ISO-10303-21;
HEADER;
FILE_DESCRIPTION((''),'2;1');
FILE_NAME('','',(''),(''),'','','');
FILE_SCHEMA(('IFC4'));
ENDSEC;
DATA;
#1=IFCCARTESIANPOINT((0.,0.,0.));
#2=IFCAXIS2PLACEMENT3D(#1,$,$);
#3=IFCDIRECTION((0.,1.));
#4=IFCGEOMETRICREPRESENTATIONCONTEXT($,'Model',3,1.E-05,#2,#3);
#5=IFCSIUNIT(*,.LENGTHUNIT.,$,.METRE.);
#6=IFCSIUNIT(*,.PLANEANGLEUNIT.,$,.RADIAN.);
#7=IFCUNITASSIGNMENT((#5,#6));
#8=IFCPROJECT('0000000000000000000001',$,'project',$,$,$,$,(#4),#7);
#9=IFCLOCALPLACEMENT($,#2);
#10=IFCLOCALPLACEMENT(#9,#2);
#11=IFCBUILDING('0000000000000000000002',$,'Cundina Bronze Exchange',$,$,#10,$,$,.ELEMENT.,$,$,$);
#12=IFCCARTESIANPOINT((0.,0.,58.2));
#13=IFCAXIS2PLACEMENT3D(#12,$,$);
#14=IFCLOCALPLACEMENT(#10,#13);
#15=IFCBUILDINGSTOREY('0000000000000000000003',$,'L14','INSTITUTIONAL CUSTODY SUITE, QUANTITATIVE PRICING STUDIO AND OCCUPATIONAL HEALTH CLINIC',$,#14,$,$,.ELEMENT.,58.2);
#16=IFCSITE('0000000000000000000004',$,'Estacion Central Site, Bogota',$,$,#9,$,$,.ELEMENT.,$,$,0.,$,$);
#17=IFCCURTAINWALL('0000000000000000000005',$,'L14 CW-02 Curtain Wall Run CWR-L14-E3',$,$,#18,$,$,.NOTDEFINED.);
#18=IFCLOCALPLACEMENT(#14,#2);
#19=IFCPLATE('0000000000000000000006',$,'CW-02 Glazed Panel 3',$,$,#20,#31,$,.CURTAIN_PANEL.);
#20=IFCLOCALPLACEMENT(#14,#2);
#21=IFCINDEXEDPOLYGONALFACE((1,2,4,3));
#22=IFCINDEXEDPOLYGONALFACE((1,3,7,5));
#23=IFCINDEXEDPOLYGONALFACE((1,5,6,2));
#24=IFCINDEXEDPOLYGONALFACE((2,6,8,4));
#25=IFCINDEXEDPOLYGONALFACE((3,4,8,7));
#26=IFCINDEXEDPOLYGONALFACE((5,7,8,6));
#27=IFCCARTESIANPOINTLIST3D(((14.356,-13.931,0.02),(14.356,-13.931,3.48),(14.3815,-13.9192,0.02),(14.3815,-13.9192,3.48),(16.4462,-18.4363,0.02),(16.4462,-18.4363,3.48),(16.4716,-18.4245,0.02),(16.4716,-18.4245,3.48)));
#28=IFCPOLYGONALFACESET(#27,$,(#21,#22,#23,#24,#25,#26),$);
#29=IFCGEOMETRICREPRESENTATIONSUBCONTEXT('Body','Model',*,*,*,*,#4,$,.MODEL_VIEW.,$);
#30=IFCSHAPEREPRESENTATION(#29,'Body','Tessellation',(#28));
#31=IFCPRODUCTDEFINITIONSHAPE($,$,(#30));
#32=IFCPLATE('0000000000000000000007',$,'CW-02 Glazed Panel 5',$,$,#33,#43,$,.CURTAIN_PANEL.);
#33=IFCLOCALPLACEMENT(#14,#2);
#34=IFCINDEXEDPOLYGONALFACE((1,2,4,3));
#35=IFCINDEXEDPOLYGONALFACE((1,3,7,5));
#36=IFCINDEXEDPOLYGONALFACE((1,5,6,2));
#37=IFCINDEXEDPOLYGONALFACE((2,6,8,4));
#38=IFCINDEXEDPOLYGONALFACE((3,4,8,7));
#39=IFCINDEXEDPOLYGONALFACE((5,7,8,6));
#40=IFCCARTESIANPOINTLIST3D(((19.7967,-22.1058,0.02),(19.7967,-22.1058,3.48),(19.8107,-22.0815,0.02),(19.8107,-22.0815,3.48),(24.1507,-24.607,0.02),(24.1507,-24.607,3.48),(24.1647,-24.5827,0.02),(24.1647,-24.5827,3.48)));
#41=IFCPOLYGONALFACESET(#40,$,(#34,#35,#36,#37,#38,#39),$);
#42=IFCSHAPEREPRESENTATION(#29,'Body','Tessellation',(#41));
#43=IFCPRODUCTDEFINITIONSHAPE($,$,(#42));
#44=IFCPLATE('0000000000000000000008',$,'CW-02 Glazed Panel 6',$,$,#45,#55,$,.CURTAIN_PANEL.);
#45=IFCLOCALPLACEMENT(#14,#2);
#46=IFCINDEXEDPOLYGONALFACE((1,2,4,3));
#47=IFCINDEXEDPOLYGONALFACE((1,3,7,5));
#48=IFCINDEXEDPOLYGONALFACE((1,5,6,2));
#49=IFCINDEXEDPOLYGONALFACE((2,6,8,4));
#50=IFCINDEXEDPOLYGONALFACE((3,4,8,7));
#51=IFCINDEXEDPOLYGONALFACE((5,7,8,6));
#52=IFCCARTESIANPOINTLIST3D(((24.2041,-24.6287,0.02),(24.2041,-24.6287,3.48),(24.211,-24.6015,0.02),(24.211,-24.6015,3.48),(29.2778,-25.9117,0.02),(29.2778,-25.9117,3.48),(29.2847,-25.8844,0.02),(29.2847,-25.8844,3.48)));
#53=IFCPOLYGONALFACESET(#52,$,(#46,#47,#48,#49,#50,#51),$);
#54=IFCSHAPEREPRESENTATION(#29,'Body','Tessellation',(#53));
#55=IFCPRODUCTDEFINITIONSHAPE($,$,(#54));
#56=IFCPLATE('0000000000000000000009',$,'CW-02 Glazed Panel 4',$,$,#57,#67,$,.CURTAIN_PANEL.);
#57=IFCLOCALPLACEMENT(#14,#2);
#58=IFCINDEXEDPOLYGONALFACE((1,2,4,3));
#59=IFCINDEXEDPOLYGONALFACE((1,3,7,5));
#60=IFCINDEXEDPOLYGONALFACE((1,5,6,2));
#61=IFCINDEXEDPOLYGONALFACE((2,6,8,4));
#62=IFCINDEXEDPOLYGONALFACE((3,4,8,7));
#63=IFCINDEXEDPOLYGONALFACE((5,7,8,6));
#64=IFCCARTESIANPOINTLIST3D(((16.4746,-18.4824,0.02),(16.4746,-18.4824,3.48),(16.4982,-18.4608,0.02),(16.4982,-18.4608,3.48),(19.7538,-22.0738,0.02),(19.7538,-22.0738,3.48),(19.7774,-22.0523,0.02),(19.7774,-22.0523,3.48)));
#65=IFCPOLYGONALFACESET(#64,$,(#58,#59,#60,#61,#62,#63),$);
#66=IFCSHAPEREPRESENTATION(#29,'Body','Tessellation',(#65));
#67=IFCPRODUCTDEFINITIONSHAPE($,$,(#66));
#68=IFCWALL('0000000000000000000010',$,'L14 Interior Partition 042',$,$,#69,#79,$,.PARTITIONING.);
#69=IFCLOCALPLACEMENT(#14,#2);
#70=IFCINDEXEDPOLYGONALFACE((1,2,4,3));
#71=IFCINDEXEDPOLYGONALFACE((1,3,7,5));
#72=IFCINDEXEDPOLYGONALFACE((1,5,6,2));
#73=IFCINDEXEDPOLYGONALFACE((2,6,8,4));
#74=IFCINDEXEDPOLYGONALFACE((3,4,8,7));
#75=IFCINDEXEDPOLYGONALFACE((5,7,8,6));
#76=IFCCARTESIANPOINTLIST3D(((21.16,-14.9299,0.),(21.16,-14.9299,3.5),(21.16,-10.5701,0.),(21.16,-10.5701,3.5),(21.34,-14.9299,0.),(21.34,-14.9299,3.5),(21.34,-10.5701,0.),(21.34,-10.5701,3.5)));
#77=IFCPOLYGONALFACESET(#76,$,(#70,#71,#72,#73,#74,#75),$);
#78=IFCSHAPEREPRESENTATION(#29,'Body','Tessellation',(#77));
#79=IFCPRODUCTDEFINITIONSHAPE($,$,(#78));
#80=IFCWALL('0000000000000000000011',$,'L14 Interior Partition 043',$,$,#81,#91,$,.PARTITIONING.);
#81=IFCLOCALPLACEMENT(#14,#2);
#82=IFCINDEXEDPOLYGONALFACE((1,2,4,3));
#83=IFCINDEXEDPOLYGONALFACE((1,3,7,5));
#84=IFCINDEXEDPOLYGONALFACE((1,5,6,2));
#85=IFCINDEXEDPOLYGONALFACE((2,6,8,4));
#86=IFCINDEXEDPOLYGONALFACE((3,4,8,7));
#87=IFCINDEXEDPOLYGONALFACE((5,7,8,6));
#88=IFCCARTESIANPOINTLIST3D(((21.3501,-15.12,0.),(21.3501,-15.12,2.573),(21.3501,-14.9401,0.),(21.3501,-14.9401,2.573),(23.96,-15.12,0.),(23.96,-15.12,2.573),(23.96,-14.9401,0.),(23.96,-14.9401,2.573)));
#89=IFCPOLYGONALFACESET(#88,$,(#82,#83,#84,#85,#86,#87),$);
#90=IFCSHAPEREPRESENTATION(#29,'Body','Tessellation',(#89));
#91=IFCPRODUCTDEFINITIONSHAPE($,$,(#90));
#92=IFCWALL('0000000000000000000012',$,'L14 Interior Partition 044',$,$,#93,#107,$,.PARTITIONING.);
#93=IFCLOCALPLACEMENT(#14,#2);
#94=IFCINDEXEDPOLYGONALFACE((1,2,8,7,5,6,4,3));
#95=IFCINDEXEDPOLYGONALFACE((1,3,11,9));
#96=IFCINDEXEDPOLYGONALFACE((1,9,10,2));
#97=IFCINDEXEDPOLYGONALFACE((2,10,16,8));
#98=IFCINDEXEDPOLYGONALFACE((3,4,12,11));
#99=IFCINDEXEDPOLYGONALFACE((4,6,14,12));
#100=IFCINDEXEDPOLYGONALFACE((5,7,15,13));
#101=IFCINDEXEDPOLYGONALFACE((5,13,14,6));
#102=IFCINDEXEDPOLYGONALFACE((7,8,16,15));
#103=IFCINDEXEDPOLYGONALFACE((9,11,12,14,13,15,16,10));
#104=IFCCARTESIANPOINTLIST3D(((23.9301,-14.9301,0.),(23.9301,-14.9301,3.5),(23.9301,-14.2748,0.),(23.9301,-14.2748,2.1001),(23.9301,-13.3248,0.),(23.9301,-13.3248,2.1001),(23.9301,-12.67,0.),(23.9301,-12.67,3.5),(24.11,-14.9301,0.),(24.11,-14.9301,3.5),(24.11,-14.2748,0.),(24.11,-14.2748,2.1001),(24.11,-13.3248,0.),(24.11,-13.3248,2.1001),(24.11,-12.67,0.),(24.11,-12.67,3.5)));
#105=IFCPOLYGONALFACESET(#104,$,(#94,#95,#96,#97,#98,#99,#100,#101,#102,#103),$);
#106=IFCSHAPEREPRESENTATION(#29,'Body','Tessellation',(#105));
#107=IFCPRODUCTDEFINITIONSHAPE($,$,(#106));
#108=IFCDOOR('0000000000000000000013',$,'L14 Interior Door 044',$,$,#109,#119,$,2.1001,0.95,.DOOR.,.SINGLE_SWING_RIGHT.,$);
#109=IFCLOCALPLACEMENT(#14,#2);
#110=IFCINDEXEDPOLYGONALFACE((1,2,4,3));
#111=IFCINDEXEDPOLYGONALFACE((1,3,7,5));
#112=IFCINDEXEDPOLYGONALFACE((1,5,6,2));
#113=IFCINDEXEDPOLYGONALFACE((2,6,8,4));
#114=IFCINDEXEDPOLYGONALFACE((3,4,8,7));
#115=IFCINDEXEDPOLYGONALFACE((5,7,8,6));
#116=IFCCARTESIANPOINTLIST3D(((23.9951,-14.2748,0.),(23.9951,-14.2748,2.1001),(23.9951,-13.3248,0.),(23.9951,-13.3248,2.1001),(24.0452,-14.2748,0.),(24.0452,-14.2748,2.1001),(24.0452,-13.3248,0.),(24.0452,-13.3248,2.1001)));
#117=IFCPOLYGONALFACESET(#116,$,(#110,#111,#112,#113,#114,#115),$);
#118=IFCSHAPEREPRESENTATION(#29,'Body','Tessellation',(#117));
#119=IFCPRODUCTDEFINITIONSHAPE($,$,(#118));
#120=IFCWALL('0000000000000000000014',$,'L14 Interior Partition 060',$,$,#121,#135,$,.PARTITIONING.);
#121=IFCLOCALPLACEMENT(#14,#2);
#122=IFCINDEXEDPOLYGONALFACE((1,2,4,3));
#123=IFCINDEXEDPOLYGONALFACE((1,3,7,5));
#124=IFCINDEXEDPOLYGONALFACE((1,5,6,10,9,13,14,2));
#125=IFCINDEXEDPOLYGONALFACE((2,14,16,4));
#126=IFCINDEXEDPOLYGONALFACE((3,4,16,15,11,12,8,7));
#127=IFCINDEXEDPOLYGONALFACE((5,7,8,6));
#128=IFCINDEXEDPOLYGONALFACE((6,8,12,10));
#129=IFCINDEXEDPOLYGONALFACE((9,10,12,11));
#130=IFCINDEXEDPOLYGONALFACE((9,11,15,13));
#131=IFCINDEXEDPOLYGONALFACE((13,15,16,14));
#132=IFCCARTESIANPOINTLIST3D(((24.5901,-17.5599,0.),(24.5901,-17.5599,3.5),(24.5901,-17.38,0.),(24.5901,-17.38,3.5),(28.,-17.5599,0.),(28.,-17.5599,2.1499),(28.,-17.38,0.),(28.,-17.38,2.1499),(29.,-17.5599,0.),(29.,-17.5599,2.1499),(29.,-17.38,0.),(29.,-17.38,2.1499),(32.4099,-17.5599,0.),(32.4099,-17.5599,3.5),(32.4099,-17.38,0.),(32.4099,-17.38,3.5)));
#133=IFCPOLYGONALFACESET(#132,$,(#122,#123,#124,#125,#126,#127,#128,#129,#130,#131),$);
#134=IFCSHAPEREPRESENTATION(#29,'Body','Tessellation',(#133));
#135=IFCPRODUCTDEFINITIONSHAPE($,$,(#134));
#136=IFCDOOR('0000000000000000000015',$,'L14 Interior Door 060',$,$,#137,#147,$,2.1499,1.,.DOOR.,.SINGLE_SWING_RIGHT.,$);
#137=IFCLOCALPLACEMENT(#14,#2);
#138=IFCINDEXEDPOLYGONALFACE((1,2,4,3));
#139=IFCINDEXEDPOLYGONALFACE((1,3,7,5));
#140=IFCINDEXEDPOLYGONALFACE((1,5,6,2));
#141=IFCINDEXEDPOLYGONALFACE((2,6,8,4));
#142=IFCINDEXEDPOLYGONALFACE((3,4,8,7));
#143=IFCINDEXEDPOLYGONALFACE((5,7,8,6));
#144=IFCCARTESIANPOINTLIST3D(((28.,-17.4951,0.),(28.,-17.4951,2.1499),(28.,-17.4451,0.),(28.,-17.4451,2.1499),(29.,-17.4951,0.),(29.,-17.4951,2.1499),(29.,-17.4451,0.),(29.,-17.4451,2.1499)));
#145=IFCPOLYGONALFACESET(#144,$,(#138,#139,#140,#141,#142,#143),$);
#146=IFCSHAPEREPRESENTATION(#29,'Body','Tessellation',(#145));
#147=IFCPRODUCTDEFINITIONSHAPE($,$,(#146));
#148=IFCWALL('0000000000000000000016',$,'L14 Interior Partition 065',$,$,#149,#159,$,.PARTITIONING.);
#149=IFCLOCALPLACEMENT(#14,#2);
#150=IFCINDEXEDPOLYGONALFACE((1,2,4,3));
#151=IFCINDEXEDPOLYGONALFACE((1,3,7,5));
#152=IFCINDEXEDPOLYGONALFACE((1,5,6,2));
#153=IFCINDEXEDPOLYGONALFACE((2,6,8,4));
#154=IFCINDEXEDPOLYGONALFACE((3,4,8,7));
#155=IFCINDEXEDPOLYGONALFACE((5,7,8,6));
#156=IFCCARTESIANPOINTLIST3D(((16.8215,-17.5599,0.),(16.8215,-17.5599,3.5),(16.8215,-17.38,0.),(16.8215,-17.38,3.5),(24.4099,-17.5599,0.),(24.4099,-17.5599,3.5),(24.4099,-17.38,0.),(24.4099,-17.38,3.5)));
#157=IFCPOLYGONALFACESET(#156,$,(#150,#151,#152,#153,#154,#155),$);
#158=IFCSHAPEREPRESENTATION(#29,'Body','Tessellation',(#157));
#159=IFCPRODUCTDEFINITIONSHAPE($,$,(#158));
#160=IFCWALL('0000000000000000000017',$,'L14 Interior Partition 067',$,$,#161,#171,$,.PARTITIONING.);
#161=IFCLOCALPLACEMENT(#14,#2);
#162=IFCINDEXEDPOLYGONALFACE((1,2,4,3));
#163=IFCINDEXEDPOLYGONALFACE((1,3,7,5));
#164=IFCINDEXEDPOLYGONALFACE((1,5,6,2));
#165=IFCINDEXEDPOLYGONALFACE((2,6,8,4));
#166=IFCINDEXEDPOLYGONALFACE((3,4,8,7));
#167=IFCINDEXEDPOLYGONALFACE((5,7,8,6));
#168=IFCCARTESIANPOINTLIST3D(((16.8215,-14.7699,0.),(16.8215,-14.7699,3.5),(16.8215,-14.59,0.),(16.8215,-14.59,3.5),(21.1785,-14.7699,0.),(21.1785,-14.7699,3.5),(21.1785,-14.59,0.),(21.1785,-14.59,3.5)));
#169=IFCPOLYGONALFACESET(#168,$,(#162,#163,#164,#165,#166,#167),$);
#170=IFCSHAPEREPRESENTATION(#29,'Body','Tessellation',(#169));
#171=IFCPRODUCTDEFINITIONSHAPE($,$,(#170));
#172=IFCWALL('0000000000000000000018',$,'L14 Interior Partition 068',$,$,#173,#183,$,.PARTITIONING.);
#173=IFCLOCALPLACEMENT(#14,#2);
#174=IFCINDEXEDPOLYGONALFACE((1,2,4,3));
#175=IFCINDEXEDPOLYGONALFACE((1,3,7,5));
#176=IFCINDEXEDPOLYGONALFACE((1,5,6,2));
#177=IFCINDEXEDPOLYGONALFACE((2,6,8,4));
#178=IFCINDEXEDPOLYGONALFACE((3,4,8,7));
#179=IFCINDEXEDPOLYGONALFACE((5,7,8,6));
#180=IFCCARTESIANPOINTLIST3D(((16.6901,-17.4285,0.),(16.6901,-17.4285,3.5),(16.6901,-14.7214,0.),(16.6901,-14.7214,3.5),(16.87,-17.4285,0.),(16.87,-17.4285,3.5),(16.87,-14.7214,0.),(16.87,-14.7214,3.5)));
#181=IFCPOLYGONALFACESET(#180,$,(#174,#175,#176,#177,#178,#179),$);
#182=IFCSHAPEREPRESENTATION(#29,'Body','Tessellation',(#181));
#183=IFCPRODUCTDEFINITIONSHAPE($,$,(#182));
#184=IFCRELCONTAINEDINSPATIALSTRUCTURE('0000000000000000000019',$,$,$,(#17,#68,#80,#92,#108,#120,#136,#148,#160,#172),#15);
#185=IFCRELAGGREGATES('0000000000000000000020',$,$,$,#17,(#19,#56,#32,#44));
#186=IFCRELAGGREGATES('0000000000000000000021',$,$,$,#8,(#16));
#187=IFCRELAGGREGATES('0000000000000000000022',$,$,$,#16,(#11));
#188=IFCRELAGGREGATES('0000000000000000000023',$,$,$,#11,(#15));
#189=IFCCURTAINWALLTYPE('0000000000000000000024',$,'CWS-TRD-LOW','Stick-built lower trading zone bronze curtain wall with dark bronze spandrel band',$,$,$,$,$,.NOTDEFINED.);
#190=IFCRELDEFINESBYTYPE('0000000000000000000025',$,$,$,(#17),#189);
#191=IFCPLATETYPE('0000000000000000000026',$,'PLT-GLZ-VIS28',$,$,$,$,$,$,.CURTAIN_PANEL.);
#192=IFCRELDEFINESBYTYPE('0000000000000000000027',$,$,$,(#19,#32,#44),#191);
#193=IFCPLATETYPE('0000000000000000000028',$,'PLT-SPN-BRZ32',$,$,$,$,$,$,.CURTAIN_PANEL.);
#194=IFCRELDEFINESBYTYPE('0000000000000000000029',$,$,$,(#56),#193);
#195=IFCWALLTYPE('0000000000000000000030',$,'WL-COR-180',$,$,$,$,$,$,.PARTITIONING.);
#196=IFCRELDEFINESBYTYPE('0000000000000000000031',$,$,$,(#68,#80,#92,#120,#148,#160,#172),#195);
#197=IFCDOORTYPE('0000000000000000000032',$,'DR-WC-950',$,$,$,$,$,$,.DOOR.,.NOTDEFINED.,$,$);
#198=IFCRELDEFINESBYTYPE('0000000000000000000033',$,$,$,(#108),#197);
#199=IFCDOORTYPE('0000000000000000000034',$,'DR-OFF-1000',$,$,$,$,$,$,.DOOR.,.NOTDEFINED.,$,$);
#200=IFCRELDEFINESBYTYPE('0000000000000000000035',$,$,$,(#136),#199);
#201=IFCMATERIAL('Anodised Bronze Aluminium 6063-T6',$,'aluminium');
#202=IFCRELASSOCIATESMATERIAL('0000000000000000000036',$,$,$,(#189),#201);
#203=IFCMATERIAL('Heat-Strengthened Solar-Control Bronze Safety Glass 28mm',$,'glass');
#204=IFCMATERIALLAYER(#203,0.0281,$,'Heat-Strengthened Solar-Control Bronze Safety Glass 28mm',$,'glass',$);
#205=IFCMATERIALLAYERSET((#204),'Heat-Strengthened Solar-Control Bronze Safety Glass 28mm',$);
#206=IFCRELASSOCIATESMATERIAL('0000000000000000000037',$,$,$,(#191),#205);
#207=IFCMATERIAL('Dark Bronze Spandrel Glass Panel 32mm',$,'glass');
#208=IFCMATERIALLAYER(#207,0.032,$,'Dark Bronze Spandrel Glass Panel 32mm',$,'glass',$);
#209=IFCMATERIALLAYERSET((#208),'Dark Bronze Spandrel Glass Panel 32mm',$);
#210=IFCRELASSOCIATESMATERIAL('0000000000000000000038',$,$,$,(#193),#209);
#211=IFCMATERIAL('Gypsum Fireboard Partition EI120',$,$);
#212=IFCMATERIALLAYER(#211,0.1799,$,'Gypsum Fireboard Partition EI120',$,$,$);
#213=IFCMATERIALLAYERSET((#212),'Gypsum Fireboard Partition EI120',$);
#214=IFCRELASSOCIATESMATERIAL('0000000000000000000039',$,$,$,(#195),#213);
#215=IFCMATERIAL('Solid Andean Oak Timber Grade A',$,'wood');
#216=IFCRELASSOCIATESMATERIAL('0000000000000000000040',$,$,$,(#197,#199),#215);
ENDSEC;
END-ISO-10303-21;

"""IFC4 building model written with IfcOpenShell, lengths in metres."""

from ifc_helpers import new_model, si_unit, direction, frame, frame_2d, origin, origin_2d, place, context, subcontext, project, spatial, rectangle, extrude, material, layer, layer_set, type_object, element, fill, aggregate, save


model = new_model("IFC4")

# Units and contexts
model_context = context("Model", 3, precision=1e-05, world=origin(), true_north=direction((0.0, 1.0)))
body_context = subcontext(model_context, "Body", "Model", "MODEL_VIEW")
ifc_project = project(units=[si_unit("LENGTHUNIT", "METRE"), si_unit("PLANEANGLEUNIT", "RADIAN")], contexts=[model_context])

# Site, building, storey
site_placement = place(None, origin())
site = spatial("IfcSite", under=ifc_project, at=site_placement, Name="Estacion Central Site, Bogota", CompositionType="ELEMENT", RefElevation=0.0)
building_placement = place(site_placement, origin())
building = spatial("IfcBuilding", under=site, at=building_placement, Name="Cundina Bronze Exchange", CompositionType="ELEMENT")
storey_placement = place(building_placement, frame((0.0, 0.0, 58.2)))
storey = spatial("IfcBuildingStorey", under=building, at=storey_placement, Name="L14", Description="INSTITUTIONAL CUSTODY SUITE, QUANTITATIVE PRICING STUDIO AND OCCUPATIONAL HEALTH CLINIC", CompositionType="ELEMENT", Elevation=58.2)

# Curtain wall, plates
ifc_material_1 = material(Name="Anodised Bronze Aluminium 6063-T6", Category="aluminium")
curtain_wall_type = type_object("IfcCurtainWallType", Name="CWS-TRD-LOW", Description="Stick-built lower trading zone bronze curtain wall with dark bronze spandrel band", PredefinedType="NOTDEFINED", material=ifc_material_1)
curtain_wall_placement = place(storey_placement, origin())
curtain_wall = element("IfcCurtainWall", 1, at=curtain_wall_placement, inside=storey, type_object=curtain_wall_type, Name="L14 CW-02 Curtain Wall Run CWR-L14-E3", PredefinedType="NOTDEFINED")
ifc_material_2 = material(Name="Heat-Strengthened Solar-Control Bronze Safety Glass 28mm", Category="glass")
ifc_layer_1 = layer(ifc_material_2, 0.0281, Name="Heat-Strengthened Solar-Control Bronze Safety Glass 28mm", Category="glass")
ifc_layer_set_1 = layer_set([ifc_layer_1], Name="Heat-Strengthened Solar-Control Bronze Safety Glass 28mm")
plate_type_1 = type_object("IfcPlateType", Name="PLT-GLZ-VIS28", PredefinedType="CURTAIN_PANEL", material=ifc_layer_set_1)
plate_1_placement = place(storey_placement, frame((15.4138, -16.1777, 0.02), z_axis=(0.0, 0.0, 1.0), x_axis=(0.420846, -0.907132, 0.0)))
plate_1 = element("IfcPlate", 2, at=plate_1_placement, type_object=plate_type_1, Name="CW-02 Glazed Panel 3", PredefinedType="CURTAIN_PANEL", context=body_context, shape_type="SweptSolid", body=[
    extrude(rectangle(XDim=4.9666, YDim=0.0281, at=origin_2d()), origin(), (0.0, 0.0, 1.0), 3.46),
])
plate_2_placement = place(storey_placement, frame((21.9807, -23.3442, 0.02), z_axis=(0.0, 0.0, 1.0), x_axis=(0.867105, -0.498125, 0.0)))
plate_2 = element("IfcPlate", 3, at=plate_2_placement, type_object=plate_type_1, Name="CW-02 Glazed Panel 5", PredefinedType="CURTAIN_PANEL", context=body_context, shape_type="SweptSolid", body=[
    extrude(rectangle(XDim=5.0212, YDim=0.0281, at=origin_2d()), origin(), (0.0, 0.0, 1.0), 3.46),
])
plate_3_placement = place(storey_placement, frame((26.7444, -25.2566, 0.02), z_axis=(0.0, 0.0, 1.0), x_axis=(0.969488, -0.245138, 0.0)))
plate_3 = element("IfcPlate", 4, at=plate_3_placement, type_object=plate_type_1, Name="CW-02 Glazed Panel 6", PredefinedType="CURTAIN_PANEL", context=body_context, shape_type="SweptSolid", body=[
    extrude(rectangle(XDim=5.2334, YDim=0.0281, at=origin_2d()), origin(), (0.0, 0.0, 1.0), 3.46),
])
ifc_material_3 = material(Name="Dark Bronze Spandrel Glass Panel 32mm", Category="glass")
ifc_layer_2 = layer(ifc_material_3, 0.032, Name="Dark Bronze Spandrel Glass Panel 32mm", Category="glass")
ifc_layer_set_2 = layer_set([ifc_layer_2], Name="Dark Bronze Spandrel Glass Panel 32mm")
plate_type_2 = type_object("IfcPlateType", Name="PLT-SPN-BRZ32", PredefinedType="CURTAIN_PANEL", material=ifc_layer_set_2)
plate_4_placement = place(storey_placement, frame((18.126, -20.2673, 0.02), z_axis=(0.0, 0.0, 1.0), x_axis=(0.674277, -0.738479, 0.0)))
plate_4 = element("IfcPlate", 5, at=plate_4_placement, type_object=plate_type_2, Name="CW-02 Glazed Panel 4", PredefinedType="CURTAIN_PANEL", context=body_context, shape_type="SweptSolid", body=[
    extrude(rectangle(XDim=4.8633, YDim=0.032, at=origin_2d()), origin(), (0.0, 0.0, 1.0), 3.46),
])
aggregate(curtain_wall, [plate_1, plate_4, plate_2, plate_3])

# Walls
ifc_material_4 = material(Name="Gypsum Fireboard Partition EI120")
ifc_layer_3 = layer(ifc_material_4, 0.1799, Name="Gypsum Fireboard Partition EI120")
ifc_layer_set_3 = layer_set([ifc_layer_3], Name="Gypsum Fireboard Partition EI120")
wall_type_1 = type_object("IfcWallType", Name="WL-COR-180", PredefinedType="PARTITIONING", material=ifc_layer_set_3)
wall_1_placement = place(storey_placement, frame((21.25, -14.9299, 0.0), z_axis=(0.0, 0.0, 1.0), x_axis=(0.0, 1.0, 0.0)))
element("IfcWall", 6, at=wall_1_placement, inside=storey, type_object=wall_type_1, Name="L14 Interior Partition 042", PredefinedType="PARTITIONING", context=body_context, shape_type="SweptSolid", body=[
    extrude(rectangle(XDim=4.3599, YDim=0.1799, at=frame_2d((2.1799, 0.0))), origin(), (0.0, 0.0, 1.0), 3.5),
])
wall_2_placement = place(storey_placement, frame((21.3501, -15.03, 0.0), z_axis=(0.0, 0.0, 1.0), x_axis=(1.0, 0.0, 0.0)))
element("IfcWall", 7, at=wall_2_placement, inside=storey, type_object=wall_type_1, Name="L14 Interior Partition 043", PredefinedType="PARTITIONING", context=body_context, shape_type="SweptSolid", body=[
    extrude(rectangle(XDim=2.6099, YDim=0.1799, at=frame_2d((1.3049, 0.0))), origin(), (0.0, 0.0, 1.0), 2.573),
])

# Walls, openings, doors
wall_3_placement = place(storey_placement, frame((24.02, -14.9299, 0.0), z_axis=(0.0, 0.0, 1.0), x_axis=(0.0, 1.0, 0.0)))
wall_3 = element("IfcWall", 8, at=wall_3_placement, inside=storey, type_object=wall_type_1, Name="L14 Interior Partition 044", PredefinedType="PARTITIONING", context=body_context, shape_type="SweptSolid", body=[
    extrude(rectangle(XDim=2.26, YDim=0.1799, at=frame_2d((1.1299, 0.0))), origin(), (0.0, 0.0, 1.0), 3.5),
])
opening_1_placement = place(wall_3_placement, frame((0.655, 0.0, 0.0)))
opening_1 = element("IfcOpeningElement", 9, at=opening_1_placement, cuts=wall_3, PredefinedType="OPENING", context=body_context, shape_type="SweptSolid", body=[
    extrude(rectangle(XDim=0.95, YDim=2.1001, at=frame_2d((0.4751, 1.05))), frame((0.0, 0.0999, 0.0), z_axis=(0.0, -1.0, 0.0), x_axis=(1.0, 0.0, 0.0)), (0.0, 0.0, 1.0), 0.2),
])
ifc_material_5 = material(Name="Solid Andean Oak Timber Grade A", Category="wood")
door_type_1 = type_object("IfcDoorType", Name="DR-WC-950", OperationType="NOTDEFINED", PredefinedType="DOOR", material=ifc_material_5)
door_1_placement = place(opening_1_placement, origin())
door_1 = element("IfcDoor", 10, at=door_1_placement, inside=storey, type_object=door_type_1, Name="L14 Interior Door 044", OperationType="SINGLE_SWING_RIGHT", OverallHeight=2.1001, OverallWidth=0.95, PredefinedType="DOOR", context=body_context, shape_type="SweptSolid", body=[
    extrude(rectangle(XDim=0.95, YDim=2.1001, at=frame_2d((0.4751, 1.05))), frame((0.0, 0.0249, 0.0), z_axis=(0.0, -1.0, 0.0), x_axis=(1.0, 0.0, 0.0)), (0.0, 0.0, 1.0), 0.05),
])
fill(opening_1, door_1)
wall_4_placement = place(storey_placement, frame((24.5901, -17.47, 0.0), z_axis=(0.0, 0.0, 1.0), x_axis=(1.0, 0.0, 0.0)))
wall_4 = element("IfcWall", 11, at=wall_4_placement, inside=storey, type_object=wall_type_1, Name="L14 Interior Partition 060", PredefinedType="PARTITIONING", context=body_context, shape_type="SweptSolid", body=[
    extrude(rectangle(XDim=7.8198, YDim=0.1799, at=frame_2d((3.9099, 0.0))), origin(), (0.0, 0.0, 1.0), 3.5),
])
opening_2_placement = place(wall_4_placement, frame((3.4099, 0.0, 0.0)))
opening_2 = element("IfcOpeningElement", 12, at=opening_2_placement, cuts=wall_4, PredefinedType="OPENING", context=body_context, shape_type="SweptSolid", body=[
    extrude(rectangle(XDim=1.0, YDim=2.1499, at=frame_2d((0.5, 1.075))), frame((0.0, 0.0999, 0.0), z_axis=(0.0, -1.0, 0.0), x_axis=(1.0, 0.0, 0.0)), (0.0, 0.0, 1.0), 0.2),
])
door_type_2 = type_object("IfcDoorType", Name="DR-OFF-1000", OperationType="NOTDEFINED", PredefinedType="DOOR", material=ifc_material_5)
door_2_placement = place(opening_2_placement, origin())
door_2 = element("IfcDoor", 13, at=door_2_placement, inside=storey, type_object=door_type_2, Name="L14 Interior Door 060", OperationType="SINGLE_SWING_RIGHT", OverallHeight=2.1499, OverallWidth=1.0, PredefinedType="DOOR", context=body_context, shape_type="SweptSolid", body=[
    extrude(rectangle(XDim=1.0, YDim=2.1499, at=frame_2d((0.5, 1.075))), frame((0.0, 0.0249, 0.0), z_axis=(0.0, -1.0, 0.0), x_axis=(1.0, 0.0, 0.0)), (0.0, 0.0, 1.0), 0.05),
])
fill(opening_2, door_2)

# Walls
wall_5_placement = place(storey_placement, frame((16.8215, -17.47, 0.0), z_axis=(0.0, 0.0, 1.0), x_axis=(1.0, 0.0, 0.0)))
element("IfcWall", 14, at=wall_5_placement, inside=storey, type_object=wall_type_1, Name="L14 Interior Partition 065", PredefinedType="PARTITIONING", context=body_context, shape_type="SweptSolid", body=[
    extrude(rectangle(XDim=7.5884, YDim=0.1799, at=frame_2d((3.7942, 0.0))), origin(), (0.0, 0.0, 1.0), 3.5),
])
wall_6_placement = place(storey_placement, frame((21.1785, -14.6799, 0.0), z_axis=(0.0, 0.0, 1.0), x_axis=(-1.0, 0.0, 0.0)))
element("IfcWall", 15, at=wall_6_placement, inside=storey, type_object=wall_type_1, Name="L14 Interior Partition 067", PredefinedType="PARTITIONING", context=body_context, shape_type="SweptSolid", body=[
    extrude(rectangle(XDim=4.3569, YDim=0.1799, at=frame_2d((2.1785, 0.0))), origin(), (0.0, 0.0, 1.0), 3.5),
])
wall_7_placement = place(storey_placement, frame((16.78, -14.7214, 0.0), z_axis=(0.0, 0.0, 1.0), x_axis=(0.0, -1.0, 0.0)))
element("IfcWall", 16, at=wall_7_placement, inside=storey, type_object=wall_type_1, Name="L14 Interior Partition 068", PredefinedType="PARTITIONING", context=body_context, shape_type="SweptSolid", body=[
    extrude(rectangle(XDim=2.707, YDim=0.1799, at=frame_2d((1.3535, 0.0))), origin(), (0.0, 0.0, 1.0), 3.5),
])

save(model, "model.ifc")
